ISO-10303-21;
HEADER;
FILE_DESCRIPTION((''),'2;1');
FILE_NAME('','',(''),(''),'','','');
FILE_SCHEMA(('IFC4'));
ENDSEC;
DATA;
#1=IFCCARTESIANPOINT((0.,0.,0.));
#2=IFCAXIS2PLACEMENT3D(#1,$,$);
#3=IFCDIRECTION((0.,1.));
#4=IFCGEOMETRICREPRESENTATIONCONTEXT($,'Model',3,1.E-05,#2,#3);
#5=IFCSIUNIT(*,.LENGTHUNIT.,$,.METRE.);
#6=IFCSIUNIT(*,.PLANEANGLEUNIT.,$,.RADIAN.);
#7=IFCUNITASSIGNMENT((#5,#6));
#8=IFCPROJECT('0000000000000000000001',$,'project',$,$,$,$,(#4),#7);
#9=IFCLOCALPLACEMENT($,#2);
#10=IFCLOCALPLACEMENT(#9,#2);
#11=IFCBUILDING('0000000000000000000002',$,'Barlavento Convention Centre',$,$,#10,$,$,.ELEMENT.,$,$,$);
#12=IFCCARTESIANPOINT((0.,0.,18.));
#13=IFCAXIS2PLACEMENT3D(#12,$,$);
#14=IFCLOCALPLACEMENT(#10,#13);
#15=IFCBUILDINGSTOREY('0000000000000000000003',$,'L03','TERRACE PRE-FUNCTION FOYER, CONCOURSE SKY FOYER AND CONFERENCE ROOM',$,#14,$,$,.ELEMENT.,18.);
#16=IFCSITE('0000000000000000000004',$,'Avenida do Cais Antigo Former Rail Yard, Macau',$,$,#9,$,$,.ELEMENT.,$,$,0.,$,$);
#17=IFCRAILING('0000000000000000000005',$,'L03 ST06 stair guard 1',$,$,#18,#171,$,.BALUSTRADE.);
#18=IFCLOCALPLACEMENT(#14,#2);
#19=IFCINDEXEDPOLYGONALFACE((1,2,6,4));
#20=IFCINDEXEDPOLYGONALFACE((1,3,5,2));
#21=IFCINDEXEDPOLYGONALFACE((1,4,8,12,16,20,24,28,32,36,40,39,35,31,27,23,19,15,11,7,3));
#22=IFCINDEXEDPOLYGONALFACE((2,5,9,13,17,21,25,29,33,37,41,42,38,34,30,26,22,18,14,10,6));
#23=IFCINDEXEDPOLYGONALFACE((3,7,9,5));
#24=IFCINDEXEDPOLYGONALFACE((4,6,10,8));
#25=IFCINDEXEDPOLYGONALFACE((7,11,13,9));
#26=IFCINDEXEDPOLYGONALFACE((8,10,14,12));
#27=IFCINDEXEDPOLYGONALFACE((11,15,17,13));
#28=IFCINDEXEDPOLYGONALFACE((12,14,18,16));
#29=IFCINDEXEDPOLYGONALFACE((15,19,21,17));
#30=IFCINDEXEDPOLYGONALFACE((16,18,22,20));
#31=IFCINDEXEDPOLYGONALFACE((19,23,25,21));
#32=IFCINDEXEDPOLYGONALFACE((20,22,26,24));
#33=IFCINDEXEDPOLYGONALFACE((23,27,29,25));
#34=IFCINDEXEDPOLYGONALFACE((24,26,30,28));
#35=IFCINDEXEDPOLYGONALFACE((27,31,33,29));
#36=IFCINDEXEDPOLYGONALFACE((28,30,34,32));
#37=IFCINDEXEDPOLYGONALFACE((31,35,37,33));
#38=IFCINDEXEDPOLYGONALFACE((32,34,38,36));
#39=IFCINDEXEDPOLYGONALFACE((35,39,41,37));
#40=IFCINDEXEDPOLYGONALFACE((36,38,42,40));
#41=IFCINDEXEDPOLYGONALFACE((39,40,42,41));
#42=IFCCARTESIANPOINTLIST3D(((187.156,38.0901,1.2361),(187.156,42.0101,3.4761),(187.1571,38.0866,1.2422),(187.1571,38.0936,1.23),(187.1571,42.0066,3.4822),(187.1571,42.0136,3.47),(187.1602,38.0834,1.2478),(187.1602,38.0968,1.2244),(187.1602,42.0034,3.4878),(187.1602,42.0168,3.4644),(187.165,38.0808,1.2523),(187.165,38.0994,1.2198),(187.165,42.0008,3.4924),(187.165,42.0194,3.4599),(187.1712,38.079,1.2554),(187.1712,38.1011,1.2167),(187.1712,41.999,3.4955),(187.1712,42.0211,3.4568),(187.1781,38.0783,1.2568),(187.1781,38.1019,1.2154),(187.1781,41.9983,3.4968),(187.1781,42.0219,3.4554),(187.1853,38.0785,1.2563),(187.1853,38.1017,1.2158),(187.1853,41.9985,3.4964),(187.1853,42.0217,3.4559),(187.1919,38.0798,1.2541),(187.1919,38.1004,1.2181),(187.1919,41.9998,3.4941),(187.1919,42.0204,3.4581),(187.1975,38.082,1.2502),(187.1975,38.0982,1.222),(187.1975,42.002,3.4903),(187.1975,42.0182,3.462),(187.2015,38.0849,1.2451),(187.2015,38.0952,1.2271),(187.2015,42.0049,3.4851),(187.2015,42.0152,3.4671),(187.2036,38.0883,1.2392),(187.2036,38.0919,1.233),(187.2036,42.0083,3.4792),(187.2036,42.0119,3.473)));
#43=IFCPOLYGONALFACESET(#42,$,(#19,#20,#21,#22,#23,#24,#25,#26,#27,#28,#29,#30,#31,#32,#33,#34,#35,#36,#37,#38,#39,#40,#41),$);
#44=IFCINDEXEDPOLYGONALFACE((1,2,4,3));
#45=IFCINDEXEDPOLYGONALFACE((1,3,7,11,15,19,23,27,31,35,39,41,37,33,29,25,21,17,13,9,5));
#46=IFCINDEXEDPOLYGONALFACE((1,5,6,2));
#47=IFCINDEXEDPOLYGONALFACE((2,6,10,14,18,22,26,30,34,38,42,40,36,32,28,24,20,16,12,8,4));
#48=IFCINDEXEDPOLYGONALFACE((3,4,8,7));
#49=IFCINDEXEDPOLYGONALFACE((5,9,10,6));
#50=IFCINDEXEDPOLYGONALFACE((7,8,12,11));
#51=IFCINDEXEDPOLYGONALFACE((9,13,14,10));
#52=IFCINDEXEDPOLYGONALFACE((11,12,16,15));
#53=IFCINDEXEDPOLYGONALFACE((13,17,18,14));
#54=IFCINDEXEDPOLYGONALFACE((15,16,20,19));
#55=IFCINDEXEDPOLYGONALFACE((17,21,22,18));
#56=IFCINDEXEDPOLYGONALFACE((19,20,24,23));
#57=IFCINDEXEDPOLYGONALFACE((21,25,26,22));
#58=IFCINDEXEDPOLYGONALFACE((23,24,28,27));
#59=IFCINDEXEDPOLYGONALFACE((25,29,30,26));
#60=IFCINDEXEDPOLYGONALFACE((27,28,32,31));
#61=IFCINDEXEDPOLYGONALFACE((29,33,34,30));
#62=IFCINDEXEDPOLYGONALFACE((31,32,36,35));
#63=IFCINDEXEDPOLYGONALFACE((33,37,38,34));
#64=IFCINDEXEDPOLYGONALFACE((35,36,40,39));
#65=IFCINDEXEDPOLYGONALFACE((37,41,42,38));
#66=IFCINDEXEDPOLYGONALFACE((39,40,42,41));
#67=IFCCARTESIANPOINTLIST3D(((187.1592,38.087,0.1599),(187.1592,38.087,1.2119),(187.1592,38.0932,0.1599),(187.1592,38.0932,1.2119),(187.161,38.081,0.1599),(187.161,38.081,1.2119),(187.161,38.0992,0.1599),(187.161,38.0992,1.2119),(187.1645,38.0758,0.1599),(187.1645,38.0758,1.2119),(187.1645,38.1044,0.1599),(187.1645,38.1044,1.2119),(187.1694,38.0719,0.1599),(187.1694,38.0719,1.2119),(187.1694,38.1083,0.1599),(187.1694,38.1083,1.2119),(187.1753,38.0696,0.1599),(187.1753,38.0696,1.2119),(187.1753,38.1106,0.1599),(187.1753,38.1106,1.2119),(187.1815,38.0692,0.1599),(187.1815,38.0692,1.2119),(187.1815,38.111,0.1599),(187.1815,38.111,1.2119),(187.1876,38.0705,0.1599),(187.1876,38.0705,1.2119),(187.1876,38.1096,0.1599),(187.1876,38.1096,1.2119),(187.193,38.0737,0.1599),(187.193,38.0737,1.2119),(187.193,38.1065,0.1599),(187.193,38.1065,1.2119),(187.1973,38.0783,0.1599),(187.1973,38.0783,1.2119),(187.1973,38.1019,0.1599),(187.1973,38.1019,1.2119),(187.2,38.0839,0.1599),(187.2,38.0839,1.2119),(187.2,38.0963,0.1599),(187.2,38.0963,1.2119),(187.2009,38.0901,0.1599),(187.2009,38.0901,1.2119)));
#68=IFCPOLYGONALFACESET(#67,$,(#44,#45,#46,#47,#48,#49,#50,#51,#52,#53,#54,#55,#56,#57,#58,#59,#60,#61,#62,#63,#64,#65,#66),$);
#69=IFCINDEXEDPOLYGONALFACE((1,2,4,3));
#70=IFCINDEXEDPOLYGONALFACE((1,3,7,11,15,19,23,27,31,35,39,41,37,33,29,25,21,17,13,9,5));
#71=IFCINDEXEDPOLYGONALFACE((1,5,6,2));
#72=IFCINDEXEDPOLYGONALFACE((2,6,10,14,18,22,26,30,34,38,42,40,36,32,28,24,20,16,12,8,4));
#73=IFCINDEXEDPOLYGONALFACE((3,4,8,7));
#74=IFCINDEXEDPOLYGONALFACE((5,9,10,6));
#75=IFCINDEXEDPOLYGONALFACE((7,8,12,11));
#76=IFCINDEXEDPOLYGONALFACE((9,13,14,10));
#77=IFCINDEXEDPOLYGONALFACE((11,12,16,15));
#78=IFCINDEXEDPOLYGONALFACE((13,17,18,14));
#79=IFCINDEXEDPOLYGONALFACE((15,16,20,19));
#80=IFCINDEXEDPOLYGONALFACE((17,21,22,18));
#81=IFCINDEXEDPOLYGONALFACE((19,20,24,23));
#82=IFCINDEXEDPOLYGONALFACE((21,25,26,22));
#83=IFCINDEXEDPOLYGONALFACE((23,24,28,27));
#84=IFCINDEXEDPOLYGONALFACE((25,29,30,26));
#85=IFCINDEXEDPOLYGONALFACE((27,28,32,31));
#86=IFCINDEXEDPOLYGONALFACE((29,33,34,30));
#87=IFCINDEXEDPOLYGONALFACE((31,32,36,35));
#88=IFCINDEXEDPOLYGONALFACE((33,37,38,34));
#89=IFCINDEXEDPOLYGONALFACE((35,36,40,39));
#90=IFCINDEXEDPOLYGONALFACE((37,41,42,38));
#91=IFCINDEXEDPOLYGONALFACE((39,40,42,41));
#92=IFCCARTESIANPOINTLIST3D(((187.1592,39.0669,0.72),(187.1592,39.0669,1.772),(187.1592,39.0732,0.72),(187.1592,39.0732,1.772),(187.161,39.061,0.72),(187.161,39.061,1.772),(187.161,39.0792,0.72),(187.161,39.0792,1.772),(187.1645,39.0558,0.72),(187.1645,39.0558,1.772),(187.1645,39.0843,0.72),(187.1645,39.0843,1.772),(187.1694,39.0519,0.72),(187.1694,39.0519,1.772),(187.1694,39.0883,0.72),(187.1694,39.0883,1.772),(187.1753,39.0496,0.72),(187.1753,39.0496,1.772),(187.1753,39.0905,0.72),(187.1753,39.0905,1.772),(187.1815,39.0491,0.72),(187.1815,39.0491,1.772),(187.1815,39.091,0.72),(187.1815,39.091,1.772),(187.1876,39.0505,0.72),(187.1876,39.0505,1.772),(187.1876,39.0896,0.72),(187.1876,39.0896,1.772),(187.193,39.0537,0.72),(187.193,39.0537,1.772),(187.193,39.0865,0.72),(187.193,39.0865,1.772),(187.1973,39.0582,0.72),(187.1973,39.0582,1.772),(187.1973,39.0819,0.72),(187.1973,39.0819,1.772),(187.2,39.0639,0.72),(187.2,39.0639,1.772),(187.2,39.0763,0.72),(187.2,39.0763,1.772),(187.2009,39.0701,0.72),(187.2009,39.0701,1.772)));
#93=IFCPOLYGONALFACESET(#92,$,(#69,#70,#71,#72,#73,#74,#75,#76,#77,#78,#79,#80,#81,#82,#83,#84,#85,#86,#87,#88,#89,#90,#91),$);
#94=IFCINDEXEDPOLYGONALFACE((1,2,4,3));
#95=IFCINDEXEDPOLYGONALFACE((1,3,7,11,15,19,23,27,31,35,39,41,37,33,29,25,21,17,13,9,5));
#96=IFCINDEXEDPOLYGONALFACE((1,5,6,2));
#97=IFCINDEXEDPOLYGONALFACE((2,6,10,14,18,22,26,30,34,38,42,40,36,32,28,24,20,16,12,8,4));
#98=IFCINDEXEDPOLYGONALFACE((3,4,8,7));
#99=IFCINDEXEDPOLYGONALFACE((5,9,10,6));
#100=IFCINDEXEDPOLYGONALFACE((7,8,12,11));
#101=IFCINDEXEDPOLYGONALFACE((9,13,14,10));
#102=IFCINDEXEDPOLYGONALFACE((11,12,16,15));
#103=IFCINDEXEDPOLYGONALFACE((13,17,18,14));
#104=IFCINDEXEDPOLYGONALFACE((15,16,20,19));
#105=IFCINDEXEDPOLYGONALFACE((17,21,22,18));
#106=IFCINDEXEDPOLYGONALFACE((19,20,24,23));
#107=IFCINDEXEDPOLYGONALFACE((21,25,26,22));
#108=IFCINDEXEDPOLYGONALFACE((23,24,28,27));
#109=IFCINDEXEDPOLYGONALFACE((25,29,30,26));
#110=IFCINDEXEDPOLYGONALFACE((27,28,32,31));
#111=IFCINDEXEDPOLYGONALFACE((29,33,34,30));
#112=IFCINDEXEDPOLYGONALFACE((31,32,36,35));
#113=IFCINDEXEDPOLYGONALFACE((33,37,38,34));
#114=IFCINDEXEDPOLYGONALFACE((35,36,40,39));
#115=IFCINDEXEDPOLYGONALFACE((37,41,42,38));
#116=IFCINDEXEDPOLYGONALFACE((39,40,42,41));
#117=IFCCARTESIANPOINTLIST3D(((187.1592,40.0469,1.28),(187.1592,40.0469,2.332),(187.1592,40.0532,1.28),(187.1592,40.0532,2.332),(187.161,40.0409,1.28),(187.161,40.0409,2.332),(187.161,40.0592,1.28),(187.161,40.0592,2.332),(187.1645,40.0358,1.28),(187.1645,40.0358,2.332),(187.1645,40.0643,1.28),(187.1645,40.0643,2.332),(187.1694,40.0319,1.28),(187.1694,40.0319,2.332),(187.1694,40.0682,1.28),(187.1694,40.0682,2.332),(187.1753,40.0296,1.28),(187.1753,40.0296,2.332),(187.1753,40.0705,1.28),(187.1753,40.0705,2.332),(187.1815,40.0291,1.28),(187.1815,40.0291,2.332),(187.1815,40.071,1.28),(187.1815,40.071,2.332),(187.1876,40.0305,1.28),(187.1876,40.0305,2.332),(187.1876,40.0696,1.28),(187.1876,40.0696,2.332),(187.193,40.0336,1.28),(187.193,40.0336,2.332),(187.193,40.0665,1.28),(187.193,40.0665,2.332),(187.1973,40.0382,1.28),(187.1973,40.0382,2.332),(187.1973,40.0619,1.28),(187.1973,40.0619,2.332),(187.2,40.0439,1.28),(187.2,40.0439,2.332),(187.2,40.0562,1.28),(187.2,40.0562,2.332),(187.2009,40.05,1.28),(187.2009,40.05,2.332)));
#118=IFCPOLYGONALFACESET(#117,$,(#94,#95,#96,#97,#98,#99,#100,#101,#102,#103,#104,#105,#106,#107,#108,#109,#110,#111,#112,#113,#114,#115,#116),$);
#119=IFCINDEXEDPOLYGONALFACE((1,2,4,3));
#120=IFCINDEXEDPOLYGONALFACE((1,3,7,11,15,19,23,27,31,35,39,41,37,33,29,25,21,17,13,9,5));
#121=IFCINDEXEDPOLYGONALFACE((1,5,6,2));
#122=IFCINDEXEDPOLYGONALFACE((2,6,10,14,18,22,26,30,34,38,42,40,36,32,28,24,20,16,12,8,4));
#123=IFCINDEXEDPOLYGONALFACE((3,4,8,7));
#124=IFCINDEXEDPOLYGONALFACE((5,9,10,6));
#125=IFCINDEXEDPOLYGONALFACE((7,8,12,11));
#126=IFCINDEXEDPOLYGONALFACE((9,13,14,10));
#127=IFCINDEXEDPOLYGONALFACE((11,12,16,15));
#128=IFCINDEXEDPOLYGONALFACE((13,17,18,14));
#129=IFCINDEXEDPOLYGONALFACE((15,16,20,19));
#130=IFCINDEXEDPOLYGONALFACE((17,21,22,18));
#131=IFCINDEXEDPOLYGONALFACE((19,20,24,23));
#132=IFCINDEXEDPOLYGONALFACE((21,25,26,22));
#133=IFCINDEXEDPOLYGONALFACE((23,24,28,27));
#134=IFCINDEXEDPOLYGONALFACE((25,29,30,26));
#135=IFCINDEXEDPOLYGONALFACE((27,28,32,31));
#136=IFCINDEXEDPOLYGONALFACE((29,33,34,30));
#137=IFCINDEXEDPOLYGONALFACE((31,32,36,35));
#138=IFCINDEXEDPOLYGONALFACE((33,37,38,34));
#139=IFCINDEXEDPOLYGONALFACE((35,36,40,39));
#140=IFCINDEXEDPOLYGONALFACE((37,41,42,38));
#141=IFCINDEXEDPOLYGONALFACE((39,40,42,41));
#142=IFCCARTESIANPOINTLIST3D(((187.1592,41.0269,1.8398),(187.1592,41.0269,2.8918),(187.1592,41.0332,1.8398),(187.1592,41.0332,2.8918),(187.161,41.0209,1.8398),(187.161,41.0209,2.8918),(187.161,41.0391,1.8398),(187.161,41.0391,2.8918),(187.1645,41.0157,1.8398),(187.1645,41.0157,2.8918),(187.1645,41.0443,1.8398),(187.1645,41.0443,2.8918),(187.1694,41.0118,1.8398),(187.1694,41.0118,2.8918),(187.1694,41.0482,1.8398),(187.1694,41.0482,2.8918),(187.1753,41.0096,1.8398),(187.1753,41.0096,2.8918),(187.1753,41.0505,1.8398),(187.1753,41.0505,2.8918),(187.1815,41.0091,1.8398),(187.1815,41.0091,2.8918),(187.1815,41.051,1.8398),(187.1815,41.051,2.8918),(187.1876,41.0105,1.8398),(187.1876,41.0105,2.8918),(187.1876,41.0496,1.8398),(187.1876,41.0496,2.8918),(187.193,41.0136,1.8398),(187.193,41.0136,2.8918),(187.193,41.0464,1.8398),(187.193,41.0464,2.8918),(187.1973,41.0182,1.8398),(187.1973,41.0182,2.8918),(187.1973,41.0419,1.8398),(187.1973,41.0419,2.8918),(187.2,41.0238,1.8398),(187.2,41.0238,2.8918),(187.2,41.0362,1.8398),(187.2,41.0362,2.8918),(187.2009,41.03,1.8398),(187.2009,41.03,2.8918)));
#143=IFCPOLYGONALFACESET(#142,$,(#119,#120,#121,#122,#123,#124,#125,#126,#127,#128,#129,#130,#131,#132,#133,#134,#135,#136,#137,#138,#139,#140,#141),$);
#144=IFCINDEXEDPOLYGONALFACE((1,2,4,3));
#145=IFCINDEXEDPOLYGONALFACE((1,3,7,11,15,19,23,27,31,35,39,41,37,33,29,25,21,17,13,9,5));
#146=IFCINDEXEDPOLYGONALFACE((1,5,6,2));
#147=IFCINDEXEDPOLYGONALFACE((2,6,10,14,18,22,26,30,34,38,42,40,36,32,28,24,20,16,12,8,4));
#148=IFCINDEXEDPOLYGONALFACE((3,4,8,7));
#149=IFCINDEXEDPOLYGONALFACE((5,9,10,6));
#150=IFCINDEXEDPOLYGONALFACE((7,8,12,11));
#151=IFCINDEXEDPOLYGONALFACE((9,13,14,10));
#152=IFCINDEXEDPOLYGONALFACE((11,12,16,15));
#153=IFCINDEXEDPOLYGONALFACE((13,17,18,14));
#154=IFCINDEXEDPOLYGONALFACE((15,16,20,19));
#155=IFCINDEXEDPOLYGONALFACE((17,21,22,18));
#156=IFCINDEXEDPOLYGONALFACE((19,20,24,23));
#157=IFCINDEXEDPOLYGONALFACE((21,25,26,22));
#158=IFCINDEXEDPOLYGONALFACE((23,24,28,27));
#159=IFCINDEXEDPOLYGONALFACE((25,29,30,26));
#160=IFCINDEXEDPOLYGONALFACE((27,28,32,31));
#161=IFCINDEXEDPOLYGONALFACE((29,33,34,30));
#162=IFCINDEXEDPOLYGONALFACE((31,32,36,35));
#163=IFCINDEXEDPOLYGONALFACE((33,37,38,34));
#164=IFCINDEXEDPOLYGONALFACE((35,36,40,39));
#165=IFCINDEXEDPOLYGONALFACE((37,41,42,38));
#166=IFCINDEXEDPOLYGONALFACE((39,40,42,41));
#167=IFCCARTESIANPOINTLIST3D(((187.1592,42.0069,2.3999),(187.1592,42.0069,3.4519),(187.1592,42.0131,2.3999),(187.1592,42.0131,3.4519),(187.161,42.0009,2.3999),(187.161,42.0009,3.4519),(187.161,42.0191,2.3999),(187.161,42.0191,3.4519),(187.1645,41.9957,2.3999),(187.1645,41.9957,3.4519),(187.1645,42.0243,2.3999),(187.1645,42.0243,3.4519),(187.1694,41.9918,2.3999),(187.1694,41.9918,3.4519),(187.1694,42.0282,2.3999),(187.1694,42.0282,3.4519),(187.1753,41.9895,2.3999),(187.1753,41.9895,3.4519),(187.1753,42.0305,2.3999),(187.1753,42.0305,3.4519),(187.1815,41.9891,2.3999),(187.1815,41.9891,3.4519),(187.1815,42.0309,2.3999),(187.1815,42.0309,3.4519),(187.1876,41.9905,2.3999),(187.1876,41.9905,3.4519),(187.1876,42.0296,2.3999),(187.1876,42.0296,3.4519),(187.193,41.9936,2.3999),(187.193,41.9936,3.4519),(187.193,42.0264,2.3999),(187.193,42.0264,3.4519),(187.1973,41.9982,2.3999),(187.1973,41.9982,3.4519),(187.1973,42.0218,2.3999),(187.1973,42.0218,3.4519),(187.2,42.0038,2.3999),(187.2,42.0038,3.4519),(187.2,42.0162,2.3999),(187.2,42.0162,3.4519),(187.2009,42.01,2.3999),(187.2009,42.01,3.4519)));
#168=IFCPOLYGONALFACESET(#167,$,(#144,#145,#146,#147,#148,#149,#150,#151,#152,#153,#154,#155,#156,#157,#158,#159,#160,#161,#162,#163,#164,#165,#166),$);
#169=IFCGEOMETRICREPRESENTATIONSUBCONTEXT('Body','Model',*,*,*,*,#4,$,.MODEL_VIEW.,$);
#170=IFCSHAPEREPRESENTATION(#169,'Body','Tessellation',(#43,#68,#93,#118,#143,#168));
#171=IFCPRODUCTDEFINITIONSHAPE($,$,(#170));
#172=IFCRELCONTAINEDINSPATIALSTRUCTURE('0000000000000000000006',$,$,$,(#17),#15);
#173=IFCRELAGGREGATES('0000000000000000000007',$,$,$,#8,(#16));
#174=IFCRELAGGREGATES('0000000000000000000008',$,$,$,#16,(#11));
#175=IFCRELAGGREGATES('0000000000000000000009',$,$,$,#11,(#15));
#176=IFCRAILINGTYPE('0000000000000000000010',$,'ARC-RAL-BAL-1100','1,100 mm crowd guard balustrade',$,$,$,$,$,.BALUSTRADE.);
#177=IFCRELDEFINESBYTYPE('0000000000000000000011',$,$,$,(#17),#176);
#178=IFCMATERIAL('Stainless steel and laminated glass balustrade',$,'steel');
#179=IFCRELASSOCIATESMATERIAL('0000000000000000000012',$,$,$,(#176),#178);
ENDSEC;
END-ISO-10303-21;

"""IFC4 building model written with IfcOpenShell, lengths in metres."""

from ifc_helpers import new_model, si_unit, direction, frame, origin, origin_2d, place, context, subcontext, project, spatial, circle, extrude, material, type_object, element, save


model = new_model("IFC4")

# Units and contexts
model_context = context("Model", 3, precision=1e-05, world=origin(), true_north=direction((0.0, 1.0)))
body_context = subcontext(model_context, "Body", "Model", "MODEL_VIEW")
ifc_project = project(units=[si_unit("LENGTHUNIT", "METRE"), si_unit("PLANEANGLEUNIT", "RADIAN")], contexts=[model_context])

# Site, building, storey
site_placement = place(None, origin())
site = spatial("IfcSite", under=ifc_project, at=site_placement, Name="Avenida do Cais Antigo Former Rail Yard, Macau", CompositionType="ELEMENT", RefElevation=0.0)
building_placement = place(site_placement, origin())
building = spatial("IfcBuilding", under=site, at=building_placement, Name="Barlavento Convention Centre", CompositionType="ELEMENT")
storey_placement = place(building_placement, frame((0.0, 0.0, 18.0)))
storey = spatial("IfcBuildingStorey", under=building, at=storey_placement, Name="L03", Description="TERRACE PRE-FUNCTION FOYER, CONCOURSE SKY FOYER AND CONFERENCE ROOM", CompositionType="ELEMENT", Elevation=18.0)

# Railing
ifc_material_1 = material(Name="Stainless steel and laminated glass balustrade", Category="steel")
railing_type_1 = type_object("IfcRailingType", Name="ARC-RAL-BAL-1100", Description="1,100 mm crowd guard balustrade", PredefinedType="BALUSTRADE", material=ifc_material_1)
railing_1_placement = place(storey_placement, frame((187.1799, 38.0901, 0.1599)))
element("IfcRailing", 1, at=railing_1_placement, inside=storey, type_object=railing_type_1, Name="L03 ST06 stair guard 1", PredefinedType="BALUSTRADE", context=body_context, shape_type="SweptSolid", body=[
    extrude(circle(Radius=0.0239, at=origin_2d()), frame((0.0, 0.0, 1.0762), z_axis=(0.0, 0.86824, 0.496145), x_axis=(-1.0, 0.0, 0.0)), (0.0, 0.0, 1.0), 4.5149),
    extrude(circle(Radius=0.021, at=origin_2d()), origin(), (0.0, 0.0, 1.0), 1.052),
    extrude(circle(Radius=0.021, at=origin_2d()), frame((0.0, 0.98, 0.5601)), (0.0, 0.0, 1.0), 1.052),
    extrude(circle(Radius=0.021, at=origin_2d()), frame((0.0, 1.96, 1.1201)), (0.0, 0.0, 1.0), 1.052),
    extrude(circle(Radius=0.021, at=origin_2d()), frame((0.0, 2.9399, 1.6799)), (0.0, 0.0, 1.0), 1.052),
    extrude(circle(Radius=0.021, at=origin_2d()), frame((0.0, 3.9199, 2.24)), (0.0, 0.0, 1.0), 1.052),
])

save(model, "model.ifc")
